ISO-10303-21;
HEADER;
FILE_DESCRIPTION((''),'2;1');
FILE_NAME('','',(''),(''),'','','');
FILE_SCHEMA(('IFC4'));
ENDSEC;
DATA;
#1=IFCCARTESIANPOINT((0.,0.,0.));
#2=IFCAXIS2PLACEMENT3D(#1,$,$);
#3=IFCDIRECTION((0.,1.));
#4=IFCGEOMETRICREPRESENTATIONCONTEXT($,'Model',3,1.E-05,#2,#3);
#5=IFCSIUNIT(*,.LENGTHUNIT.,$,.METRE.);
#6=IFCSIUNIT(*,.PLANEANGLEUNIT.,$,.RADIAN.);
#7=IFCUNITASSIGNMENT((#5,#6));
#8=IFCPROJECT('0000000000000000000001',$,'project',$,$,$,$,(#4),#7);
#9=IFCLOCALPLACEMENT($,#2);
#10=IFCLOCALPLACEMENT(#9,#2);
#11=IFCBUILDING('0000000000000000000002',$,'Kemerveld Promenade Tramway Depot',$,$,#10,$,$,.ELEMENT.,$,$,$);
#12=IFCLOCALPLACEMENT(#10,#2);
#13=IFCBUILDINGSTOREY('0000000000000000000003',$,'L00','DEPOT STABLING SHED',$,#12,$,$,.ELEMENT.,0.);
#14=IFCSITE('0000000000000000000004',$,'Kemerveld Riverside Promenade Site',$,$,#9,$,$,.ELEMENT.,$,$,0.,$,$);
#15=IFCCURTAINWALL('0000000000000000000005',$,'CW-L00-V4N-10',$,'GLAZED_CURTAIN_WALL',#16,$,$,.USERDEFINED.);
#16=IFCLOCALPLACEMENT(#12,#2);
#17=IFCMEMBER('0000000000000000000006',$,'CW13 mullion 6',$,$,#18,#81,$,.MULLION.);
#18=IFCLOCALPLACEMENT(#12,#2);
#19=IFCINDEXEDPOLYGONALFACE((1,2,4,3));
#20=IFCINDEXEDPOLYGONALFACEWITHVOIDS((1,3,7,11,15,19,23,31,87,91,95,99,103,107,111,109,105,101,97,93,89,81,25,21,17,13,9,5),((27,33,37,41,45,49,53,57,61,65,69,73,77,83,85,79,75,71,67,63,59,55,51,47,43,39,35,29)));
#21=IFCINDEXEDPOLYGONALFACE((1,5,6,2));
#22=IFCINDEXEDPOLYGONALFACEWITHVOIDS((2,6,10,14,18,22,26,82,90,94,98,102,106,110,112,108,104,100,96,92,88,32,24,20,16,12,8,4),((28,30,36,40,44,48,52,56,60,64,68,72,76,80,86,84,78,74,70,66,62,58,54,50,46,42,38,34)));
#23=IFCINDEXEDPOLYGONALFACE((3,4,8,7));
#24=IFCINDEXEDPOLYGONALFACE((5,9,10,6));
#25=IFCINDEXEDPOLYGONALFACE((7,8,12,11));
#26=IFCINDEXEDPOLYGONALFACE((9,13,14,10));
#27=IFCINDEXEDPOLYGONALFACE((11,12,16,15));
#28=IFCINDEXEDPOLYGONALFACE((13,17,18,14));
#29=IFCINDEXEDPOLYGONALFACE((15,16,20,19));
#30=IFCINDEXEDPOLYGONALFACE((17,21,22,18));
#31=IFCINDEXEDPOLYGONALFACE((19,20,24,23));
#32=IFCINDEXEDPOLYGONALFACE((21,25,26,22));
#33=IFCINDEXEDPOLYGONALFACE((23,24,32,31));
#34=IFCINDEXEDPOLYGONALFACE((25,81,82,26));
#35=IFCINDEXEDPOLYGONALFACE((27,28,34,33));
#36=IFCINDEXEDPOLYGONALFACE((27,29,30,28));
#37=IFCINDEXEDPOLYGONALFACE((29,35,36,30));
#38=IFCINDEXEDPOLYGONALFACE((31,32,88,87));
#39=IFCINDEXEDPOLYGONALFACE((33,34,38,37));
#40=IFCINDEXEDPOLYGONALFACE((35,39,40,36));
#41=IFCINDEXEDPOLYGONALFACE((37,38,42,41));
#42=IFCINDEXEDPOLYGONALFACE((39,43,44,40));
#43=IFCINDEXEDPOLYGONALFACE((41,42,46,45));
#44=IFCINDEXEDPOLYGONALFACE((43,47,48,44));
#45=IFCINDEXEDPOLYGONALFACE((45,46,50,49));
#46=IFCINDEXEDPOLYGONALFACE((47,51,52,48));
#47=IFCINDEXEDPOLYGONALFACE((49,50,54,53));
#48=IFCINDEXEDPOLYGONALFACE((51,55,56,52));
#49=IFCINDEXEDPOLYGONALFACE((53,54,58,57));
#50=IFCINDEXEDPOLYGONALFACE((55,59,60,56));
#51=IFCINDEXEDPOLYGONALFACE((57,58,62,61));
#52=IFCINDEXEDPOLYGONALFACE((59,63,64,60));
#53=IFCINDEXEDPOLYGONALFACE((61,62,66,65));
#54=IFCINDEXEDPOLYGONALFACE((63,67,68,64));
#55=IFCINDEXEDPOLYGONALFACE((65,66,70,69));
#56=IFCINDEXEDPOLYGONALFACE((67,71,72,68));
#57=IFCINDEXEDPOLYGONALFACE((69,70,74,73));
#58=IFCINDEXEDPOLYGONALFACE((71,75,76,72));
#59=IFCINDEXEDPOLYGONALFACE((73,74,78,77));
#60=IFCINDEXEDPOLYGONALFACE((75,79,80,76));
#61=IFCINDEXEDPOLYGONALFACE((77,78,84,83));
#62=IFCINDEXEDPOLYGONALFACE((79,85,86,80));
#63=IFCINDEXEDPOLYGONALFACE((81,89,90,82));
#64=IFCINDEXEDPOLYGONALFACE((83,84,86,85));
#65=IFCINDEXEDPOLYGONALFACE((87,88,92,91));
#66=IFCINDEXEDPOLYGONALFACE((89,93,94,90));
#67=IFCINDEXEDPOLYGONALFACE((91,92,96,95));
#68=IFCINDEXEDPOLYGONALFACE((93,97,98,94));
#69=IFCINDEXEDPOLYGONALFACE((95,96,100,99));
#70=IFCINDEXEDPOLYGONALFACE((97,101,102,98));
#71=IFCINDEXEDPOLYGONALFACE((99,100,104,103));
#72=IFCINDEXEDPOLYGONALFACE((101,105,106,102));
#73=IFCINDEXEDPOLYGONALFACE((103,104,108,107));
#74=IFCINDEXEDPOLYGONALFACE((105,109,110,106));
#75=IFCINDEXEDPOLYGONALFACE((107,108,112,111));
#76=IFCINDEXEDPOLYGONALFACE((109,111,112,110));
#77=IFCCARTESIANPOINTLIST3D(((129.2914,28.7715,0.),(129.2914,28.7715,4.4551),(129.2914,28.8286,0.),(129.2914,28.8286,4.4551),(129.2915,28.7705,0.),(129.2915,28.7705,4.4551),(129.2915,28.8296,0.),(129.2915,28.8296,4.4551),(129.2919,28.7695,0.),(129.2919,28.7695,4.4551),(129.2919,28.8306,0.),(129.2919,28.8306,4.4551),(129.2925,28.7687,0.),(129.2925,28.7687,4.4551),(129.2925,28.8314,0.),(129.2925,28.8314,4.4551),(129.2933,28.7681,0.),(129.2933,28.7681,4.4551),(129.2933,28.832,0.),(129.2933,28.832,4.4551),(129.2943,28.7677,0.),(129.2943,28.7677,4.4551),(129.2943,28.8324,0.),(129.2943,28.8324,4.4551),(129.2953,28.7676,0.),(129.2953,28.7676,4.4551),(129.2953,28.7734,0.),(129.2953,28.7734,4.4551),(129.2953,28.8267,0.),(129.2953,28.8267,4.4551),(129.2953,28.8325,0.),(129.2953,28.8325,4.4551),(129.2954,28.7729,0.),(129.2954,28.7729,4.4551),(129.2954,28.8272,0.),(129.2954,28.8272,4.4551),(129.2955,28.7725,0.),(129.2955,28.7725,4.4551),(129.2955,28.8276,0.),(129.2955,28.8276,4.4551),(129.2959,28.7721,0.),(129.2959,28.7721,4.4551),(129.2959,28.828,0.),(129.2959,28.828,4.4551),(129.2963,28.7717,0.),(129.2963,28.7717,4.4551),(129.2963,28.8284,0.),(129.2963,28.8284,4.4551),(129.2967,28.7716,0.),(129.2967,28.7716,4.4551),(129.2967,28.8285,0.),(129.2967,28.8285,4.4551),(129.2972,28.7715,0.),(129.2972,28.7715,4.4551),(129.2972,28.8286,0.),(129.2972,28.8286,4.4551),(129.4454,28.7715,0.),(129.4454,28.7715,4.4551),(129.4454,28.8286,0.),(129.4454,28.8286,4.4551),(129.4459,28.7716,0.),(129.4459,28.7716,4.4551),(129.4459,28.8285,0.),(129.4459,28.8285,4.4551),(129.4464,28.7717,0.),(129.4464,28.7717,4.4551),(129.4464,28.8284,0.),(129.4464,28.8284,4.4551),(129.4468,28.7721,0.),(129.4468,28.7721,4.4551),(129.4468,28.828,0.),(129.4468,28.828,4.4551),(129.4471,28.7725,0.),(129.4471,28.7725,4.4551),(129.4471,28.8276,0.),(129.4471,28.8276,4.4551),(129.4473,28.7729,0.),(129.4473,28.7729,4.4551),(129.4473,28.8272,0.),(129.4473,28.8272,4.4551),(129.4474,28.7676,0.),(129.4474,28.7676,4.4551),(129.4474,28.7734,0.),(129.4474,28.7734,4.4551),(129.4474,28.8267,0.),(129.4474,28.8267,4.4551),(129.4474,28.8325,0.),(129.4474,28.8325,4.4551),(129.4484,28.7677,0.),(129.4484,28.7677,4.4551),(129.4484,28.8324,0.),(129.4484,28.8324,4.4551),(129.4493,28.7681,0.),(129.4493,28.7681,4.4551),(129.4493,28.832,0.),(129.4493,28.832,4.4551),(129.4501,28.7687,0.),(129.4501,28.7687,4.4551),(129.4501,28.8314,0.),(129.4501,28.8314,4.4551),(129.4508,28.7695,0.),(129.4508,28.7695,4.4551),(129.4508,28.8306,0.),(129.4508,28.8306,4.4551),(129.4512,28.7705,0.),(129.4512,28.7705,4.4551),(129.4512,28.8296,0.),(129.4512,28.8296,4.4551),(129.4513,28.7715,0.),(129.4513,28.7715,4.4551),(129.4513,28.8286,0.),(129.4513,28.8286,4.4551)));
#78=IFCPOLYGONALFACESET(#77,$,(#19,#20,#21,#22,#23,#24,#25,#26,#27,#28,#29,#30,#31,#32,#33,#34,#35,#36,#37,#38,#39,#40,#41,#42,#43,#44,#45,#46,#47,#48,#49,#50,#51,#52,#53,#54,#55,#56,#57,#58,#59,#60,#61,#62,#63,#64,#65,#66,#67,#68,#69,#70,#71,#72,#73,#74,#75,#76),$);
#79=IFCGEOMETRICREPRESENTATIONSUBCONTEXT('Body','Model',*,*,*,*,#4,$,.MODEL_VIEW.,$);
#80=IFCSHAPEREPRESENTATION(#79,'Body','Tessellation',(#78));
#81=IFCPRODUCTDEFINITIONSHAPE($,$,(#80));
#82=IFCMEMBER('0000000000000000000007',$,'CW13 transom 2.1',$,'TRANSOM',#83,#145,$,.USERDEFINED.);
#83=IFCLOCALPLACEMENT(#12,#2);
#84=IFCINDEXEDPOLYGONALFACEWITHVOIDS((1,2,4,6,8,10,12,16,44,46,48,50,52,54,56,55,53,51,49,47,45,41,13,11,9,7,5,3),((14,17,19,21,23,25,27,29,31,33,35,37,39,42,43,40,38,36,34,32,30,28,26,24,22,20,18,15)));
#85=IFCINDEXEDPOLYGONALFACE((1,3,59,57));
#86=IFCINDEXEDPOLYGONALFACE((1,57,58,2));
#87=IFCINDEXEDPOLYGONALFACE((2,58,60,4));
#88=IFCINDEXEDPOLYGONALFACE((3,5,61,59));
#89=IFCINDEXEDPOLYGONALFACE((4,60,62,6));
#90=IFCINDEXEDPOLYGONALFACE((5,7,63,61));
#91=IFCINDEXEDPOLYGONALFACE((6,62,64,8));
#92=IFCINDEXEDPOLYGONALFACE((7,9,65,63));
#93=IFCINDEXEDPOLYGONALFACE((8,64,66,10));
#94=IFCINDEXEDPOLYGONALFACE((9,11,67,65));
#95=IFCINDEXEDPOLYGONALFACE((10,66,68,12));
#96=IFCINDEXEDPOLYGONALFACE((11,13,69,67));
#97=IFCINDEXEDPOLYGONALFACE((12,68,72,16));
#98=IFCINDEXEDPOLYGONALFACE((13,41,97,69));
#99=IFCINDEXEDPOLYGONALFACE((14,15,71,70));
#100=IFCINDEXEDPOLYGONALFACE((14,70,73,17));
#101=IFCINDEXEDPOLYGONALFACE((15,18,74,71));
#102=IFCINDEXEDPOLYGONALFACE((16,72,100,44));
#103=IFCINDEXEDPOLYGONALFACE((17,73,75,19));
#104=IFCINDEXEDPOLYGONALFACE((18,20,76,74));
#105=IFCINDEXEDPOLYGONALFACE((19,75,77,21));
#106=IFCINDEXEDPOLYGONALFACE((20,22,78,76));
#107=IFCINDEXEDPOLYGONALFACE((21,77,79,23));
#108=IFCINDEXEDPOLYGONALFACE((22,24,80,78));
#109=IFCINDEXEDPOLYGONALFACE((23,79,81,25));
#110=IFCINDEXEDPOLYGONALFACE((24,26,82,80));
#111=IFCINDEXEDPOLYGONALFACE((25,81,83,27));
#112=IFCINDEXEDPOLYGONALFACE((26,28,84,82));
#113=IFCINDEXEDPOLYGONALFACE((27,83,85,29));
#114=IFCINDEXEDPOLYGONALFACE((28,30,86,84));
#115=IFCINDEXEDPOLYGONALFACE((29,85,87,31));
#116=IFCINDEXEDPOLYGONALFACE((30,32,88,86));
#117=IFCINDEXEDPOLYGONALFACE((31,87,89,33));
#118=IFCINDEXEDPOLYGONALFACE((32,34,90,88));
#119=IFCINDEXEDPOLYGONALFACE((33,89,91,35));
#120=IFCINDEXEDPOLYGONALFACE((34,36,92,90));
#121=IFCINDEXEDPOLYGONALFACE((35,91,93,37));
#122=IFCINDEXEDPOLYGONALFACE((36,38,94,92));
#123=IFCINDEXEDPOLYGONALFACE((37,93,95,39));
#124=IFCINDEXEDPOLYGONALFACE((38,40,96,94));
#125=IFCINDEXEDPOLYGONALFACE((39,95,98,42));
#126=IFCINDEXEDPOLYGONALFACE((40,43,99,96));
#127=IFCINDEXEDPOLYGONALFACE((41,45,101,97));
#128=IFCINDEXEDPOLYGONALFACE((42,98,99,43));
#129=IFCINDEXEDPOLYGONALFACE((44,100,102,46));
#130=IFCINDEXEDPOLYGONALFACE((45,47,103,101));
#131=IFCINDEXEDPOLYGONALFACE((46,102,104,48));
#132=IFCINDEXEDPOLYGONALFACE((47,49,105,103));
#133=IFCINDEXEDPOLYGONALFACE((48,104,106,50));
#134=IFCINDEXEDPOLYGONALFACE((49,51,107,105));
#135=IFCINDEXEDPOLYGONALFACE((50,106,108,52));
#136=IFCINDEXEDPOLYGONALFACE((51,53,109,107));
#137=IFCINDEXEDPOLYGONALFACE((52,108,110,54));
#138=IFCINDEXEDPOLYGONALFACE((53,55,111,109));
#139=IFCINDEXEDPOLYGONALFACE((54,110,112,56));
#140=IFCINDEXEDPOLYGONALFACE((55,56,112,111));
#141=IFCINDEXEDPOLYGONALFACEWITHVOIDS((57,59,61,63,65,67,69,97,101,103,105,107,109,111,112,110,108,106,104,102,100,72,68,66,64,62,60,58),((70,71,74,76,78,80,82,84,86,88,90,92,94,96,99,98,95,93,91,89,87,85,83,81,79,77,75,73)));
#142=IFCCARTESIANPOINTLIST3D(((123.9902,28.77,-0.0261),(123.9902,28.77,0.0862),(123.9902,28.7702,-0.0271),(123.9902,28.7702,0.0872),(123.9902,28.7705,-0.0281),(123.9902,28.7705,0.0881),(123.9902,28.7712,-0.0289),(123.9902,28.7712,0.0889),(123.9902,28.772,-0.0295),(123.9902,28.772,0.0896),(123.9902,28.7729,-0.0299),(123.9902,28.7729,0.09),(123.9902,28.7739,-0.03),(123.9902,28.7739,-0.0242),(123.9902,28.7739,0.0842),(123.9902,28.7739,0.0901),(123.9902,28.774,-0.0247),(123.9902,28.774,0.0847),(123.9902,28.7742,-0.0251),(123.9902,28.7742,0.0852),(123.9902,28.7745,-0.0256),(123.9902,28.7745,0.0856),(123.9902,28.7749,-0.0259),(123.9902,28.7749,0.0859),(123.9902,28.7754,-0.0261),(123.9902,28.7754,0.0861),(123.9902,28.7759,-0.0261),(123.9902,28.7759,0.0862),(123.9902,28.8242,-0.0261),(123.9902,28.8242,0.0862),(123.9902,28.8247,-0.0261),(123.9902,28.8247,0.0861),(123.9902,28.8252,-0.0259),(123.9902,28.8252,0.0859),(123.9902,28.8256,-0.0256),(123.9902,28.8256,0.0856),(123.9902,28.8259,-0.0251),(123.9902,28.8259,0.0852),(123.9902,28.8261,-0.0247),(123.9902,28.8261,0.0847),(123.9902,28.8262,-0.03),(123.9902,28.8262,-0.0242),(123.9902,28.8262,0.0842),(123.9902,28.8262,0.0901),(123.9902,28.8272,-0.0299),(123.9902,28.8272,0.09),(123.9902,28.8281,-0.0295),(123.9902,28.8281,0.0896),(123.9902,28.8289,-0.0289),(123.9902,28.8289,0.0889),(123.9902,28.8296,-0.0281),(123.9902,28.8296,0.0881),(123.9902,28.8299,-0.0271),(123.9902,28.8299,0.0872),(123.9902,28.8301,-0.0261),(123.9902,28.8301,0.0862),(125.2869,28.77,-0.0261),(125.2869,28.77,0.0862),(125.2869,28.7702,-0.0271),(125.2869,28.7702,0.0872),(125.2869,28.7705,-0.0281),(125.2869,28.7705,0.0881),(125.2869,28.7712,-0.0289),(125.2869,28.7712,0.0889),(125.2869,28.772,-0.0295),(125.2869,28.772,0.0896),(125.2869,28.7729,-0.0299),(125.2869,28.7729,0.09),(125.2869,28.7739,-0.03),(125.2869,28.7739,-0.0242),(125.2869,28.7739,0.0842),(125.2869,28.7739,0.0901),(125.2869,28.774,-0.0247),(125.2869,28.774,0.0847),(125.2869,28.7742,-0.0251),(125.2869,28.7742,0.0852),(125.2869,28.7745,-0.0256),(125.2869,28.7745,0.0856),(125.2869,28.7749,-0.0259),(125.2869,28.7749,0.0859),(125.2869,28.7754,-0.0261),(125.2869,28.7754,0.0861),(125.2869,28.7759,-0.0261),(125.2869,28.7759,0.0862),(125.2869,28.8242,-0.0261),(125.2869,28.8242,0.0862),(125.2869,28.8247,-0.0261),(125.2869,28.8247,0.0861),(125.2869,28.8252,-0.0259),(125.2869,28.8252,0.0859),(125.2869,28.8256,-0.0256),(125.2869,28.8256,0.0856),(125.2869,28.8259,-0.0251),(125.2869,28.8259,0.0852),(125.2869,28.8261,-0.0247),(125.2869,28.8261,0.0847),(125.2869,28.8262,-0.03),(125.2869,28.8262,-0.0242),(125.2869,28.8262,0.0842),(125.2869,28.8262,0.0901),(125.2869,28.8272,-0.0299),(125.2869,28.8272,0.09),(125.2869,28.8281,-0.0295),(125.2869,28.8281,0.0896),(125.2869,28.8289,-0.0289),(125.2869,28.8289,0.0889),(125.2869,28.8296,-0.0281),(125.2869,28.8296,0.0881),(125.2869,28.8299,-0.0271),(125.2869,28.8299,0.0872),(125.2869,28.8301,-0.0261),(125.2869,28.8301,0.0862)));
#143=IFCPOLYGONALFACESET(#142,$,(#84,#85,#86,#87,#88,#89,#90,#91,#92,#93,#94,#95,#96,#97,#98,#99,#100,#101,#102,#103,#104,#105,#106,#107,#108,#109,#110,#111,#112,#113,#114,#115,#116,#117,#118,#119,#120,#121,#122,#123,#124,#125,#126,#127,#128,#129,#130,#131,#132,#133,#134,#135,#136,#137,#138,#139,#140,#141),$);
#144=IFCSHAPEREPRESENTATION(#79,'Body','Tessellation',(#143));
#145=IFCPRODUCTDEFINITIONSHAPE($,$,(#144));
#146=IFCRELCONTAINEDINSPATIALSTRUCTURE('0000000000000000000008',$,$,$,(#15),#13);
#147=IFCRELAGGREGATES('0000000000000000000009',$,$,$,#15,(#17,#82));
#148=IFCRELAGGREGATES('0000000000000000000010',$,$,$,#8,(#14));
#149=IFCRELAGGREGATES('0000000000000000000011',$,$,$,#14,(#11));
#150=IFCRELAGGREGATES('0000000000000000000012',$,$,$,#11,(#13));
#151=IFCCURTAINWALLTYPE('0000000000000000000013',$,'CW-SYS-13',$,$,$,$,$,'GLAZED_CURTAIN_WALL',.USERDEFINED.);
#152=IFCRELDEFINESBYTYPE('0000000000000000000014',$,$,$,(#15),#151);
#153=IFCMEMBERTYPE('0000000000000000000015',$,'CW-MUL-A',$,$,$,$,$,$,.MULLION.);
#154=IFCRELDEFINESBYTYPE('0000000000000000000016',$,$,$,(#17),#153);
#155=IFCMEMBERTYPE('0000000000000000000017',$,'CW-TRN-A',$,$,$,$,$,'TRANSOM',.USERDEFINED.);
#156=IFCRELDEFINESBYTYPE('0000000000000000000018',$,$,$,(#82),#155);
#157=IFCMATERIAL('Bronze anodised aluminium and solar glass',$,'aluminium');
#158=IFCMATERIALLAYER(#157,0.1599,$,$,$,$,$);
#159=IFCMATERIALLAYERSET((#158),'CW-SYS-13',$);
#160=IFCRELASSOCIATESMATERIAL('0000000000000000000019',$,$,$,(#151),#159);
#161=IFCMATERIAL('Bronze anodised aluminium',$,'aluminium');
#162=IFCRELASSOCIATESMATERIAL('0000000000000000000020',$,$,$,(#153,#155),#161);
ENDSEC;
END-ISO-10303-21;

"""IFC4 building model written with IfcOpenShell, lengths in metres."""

from ifc_helpers import new_model, si_unit, direction, frame, origin, origin_2d, place, context, subcontext, project, spatial, hollow_rectangle, extrude, material, layer, layer_set, material_profile, profile_set, type_object, element, aggregate, save


model = new_model("IFC4")

# Units and contexts
model_context = context("Model", 3, precision=1e-05, world=origin(), true_north=direction((0.0, 1.0)))
body_context = subcontext(model_context, "Body", "Model", "MODEL_VIEW")
ifc_project = project(units=[si_unit("LENGTHUNIT", "METRE"), si_unit("PLANEANGLEUNIT", "RADIAN")], contexts=[model_context])

# Site, building, storey
site_placement = place(None, origin())
site = spatial("IfcSite", under=ifc_project, at=site_placement, Name="Kemerveld Riverside Promenade Site", CompositionType="ELEMENT", RefElevation=0.0)
building_placement = place(site_placement, origin())
building = spatial("IfcBuilding", under=site, at=building_placement, Name="Kemerveld Promenade Tramway Depot", CompositionType="ELEMENT")
storey_placement = place(building_placement, origin())
storey = spatial("IfcBuildingStorey", under=building, at=storey_placement, Name="L00", Description="DEPOT STABLING SHED", CompositionType="ELEMENT", Elevation=0.0)

# Curtain wall, members
ifc_material_1 = material(Name="Bronze anodised aluminium and solar glass", Category="aluminium")
ifc_layer_1 = layer(ifc_material_1, 0.1599)
ifc_layer_set_1 = layer_set([ifc_layer_1], Name="CW-SYS-13")
curtain_wall_type = type_object("IfcCurtainWallType", Name="CW-SYS-13", ElementType="GLAZED_CURTAIN_WALL", PredefinedType="USERDEFINED", material=ifc_layer_set_1)
curtain_wall_placement = place(storey_placement, origin())
curtain_wall = element("IfcCurtainWall", 1, at=curtain_wall_placement, inside=storey, type_object=curtain_wall_type, Name="CW-L00-V4N-10", ObjectType="GLAZED_CURTAIN_WALL", PredefinedType="USERDEFINED")
ifc_material_2 = material(Name="Bronze anodised aluminium", Category="aluminium")
ifc_material_profile_1 = material_profile(ifc_material_2, hollow_rectangle(XDim=0.0649, YDim=0.1599, WallThickness=0.0039, InnerFilletRadius=0.002, OuterFilletRadius=0.0039, at=origin_2d()), Name="CW-MUL-160x65")
ifc_profile_set_1 = profile_set([ifc_material_profile_1], Name="Bronze anodised aluminium")
member_type_1 = type_object("IfcMemberType", Name="CW-MUL-A", PredefinedType="MULLION", material=ifc_profile_set_1)
member_1_placement = place(storey_placement, frame((129.3713, 28.8, 0.0), z_axis=(0.0, 0.0, 1.0), x_axis=(0.0, 1.0, 0.0)))
member_1 = element("IfcMember", 2, at=member_1_placement, type_object=member_type_1, Name="CW13 mullion 6", PredefinedType="MULLION", context=body_context, shape_type="SweptSolid", body=[
    extrude(hollow_rectangle(XDim=0.0649, YDim=0.1599, WallThickness=0.0039, InnerFilletRadius=0.002, OuterFilletRadius=0.0039, at=origin_2d()), origin(), (0.0, 0.0, 1.0), 4.4551),
])
ifc_material_profile_2 = material_profile(ifc_material_2, hollow_rectangle(XDim=0.0601, YDim=0.1201, WallThickness=0.0039, InnerFilletRadius=0.002, OuterFilletRadius=0.0039, at=origin_2d()), Name="CW-TRN-120x60")
ifc_profile_set_2 = profile_set([ifc_material_profile_2], Name="Bronze anodised aluminium")
member_type_2 = type_object("IfcMemberType", Name="CW-TRN-A", ElementType="TRANSOM", PredefinedType="USERDEFINED", material=ifc_profile_set_2)
member_2_placement = place(storey_placement, frame((123.9902, 28.8, 0.03), z_axis=(1.0, 0.0, 0.0), x_axis=(0.0, 1.0, 0.0)))
member_2 = element("IfcMember", 3, at=member_2_placement, type_object=member_type_2, Name="CW13 transom 2.1", ObjectType="TRANSOM", PredefinedType="USERDEFINED", context=body_context, shape_type="SweptSolid", body=[
    extrude(hollow_rectangle(XDim=0.0601, YDim=0.1201, WallThickness=0.0039, InnerFilletRadius=0.002, OuterFilletRadius=0.0039, at=origin_2d()), origin(), (0.0, 0.0, 1.0), 1.2966),
])
aggregate(curtain_wall, [member_1, member_2])

save(model, "model.ifc")
